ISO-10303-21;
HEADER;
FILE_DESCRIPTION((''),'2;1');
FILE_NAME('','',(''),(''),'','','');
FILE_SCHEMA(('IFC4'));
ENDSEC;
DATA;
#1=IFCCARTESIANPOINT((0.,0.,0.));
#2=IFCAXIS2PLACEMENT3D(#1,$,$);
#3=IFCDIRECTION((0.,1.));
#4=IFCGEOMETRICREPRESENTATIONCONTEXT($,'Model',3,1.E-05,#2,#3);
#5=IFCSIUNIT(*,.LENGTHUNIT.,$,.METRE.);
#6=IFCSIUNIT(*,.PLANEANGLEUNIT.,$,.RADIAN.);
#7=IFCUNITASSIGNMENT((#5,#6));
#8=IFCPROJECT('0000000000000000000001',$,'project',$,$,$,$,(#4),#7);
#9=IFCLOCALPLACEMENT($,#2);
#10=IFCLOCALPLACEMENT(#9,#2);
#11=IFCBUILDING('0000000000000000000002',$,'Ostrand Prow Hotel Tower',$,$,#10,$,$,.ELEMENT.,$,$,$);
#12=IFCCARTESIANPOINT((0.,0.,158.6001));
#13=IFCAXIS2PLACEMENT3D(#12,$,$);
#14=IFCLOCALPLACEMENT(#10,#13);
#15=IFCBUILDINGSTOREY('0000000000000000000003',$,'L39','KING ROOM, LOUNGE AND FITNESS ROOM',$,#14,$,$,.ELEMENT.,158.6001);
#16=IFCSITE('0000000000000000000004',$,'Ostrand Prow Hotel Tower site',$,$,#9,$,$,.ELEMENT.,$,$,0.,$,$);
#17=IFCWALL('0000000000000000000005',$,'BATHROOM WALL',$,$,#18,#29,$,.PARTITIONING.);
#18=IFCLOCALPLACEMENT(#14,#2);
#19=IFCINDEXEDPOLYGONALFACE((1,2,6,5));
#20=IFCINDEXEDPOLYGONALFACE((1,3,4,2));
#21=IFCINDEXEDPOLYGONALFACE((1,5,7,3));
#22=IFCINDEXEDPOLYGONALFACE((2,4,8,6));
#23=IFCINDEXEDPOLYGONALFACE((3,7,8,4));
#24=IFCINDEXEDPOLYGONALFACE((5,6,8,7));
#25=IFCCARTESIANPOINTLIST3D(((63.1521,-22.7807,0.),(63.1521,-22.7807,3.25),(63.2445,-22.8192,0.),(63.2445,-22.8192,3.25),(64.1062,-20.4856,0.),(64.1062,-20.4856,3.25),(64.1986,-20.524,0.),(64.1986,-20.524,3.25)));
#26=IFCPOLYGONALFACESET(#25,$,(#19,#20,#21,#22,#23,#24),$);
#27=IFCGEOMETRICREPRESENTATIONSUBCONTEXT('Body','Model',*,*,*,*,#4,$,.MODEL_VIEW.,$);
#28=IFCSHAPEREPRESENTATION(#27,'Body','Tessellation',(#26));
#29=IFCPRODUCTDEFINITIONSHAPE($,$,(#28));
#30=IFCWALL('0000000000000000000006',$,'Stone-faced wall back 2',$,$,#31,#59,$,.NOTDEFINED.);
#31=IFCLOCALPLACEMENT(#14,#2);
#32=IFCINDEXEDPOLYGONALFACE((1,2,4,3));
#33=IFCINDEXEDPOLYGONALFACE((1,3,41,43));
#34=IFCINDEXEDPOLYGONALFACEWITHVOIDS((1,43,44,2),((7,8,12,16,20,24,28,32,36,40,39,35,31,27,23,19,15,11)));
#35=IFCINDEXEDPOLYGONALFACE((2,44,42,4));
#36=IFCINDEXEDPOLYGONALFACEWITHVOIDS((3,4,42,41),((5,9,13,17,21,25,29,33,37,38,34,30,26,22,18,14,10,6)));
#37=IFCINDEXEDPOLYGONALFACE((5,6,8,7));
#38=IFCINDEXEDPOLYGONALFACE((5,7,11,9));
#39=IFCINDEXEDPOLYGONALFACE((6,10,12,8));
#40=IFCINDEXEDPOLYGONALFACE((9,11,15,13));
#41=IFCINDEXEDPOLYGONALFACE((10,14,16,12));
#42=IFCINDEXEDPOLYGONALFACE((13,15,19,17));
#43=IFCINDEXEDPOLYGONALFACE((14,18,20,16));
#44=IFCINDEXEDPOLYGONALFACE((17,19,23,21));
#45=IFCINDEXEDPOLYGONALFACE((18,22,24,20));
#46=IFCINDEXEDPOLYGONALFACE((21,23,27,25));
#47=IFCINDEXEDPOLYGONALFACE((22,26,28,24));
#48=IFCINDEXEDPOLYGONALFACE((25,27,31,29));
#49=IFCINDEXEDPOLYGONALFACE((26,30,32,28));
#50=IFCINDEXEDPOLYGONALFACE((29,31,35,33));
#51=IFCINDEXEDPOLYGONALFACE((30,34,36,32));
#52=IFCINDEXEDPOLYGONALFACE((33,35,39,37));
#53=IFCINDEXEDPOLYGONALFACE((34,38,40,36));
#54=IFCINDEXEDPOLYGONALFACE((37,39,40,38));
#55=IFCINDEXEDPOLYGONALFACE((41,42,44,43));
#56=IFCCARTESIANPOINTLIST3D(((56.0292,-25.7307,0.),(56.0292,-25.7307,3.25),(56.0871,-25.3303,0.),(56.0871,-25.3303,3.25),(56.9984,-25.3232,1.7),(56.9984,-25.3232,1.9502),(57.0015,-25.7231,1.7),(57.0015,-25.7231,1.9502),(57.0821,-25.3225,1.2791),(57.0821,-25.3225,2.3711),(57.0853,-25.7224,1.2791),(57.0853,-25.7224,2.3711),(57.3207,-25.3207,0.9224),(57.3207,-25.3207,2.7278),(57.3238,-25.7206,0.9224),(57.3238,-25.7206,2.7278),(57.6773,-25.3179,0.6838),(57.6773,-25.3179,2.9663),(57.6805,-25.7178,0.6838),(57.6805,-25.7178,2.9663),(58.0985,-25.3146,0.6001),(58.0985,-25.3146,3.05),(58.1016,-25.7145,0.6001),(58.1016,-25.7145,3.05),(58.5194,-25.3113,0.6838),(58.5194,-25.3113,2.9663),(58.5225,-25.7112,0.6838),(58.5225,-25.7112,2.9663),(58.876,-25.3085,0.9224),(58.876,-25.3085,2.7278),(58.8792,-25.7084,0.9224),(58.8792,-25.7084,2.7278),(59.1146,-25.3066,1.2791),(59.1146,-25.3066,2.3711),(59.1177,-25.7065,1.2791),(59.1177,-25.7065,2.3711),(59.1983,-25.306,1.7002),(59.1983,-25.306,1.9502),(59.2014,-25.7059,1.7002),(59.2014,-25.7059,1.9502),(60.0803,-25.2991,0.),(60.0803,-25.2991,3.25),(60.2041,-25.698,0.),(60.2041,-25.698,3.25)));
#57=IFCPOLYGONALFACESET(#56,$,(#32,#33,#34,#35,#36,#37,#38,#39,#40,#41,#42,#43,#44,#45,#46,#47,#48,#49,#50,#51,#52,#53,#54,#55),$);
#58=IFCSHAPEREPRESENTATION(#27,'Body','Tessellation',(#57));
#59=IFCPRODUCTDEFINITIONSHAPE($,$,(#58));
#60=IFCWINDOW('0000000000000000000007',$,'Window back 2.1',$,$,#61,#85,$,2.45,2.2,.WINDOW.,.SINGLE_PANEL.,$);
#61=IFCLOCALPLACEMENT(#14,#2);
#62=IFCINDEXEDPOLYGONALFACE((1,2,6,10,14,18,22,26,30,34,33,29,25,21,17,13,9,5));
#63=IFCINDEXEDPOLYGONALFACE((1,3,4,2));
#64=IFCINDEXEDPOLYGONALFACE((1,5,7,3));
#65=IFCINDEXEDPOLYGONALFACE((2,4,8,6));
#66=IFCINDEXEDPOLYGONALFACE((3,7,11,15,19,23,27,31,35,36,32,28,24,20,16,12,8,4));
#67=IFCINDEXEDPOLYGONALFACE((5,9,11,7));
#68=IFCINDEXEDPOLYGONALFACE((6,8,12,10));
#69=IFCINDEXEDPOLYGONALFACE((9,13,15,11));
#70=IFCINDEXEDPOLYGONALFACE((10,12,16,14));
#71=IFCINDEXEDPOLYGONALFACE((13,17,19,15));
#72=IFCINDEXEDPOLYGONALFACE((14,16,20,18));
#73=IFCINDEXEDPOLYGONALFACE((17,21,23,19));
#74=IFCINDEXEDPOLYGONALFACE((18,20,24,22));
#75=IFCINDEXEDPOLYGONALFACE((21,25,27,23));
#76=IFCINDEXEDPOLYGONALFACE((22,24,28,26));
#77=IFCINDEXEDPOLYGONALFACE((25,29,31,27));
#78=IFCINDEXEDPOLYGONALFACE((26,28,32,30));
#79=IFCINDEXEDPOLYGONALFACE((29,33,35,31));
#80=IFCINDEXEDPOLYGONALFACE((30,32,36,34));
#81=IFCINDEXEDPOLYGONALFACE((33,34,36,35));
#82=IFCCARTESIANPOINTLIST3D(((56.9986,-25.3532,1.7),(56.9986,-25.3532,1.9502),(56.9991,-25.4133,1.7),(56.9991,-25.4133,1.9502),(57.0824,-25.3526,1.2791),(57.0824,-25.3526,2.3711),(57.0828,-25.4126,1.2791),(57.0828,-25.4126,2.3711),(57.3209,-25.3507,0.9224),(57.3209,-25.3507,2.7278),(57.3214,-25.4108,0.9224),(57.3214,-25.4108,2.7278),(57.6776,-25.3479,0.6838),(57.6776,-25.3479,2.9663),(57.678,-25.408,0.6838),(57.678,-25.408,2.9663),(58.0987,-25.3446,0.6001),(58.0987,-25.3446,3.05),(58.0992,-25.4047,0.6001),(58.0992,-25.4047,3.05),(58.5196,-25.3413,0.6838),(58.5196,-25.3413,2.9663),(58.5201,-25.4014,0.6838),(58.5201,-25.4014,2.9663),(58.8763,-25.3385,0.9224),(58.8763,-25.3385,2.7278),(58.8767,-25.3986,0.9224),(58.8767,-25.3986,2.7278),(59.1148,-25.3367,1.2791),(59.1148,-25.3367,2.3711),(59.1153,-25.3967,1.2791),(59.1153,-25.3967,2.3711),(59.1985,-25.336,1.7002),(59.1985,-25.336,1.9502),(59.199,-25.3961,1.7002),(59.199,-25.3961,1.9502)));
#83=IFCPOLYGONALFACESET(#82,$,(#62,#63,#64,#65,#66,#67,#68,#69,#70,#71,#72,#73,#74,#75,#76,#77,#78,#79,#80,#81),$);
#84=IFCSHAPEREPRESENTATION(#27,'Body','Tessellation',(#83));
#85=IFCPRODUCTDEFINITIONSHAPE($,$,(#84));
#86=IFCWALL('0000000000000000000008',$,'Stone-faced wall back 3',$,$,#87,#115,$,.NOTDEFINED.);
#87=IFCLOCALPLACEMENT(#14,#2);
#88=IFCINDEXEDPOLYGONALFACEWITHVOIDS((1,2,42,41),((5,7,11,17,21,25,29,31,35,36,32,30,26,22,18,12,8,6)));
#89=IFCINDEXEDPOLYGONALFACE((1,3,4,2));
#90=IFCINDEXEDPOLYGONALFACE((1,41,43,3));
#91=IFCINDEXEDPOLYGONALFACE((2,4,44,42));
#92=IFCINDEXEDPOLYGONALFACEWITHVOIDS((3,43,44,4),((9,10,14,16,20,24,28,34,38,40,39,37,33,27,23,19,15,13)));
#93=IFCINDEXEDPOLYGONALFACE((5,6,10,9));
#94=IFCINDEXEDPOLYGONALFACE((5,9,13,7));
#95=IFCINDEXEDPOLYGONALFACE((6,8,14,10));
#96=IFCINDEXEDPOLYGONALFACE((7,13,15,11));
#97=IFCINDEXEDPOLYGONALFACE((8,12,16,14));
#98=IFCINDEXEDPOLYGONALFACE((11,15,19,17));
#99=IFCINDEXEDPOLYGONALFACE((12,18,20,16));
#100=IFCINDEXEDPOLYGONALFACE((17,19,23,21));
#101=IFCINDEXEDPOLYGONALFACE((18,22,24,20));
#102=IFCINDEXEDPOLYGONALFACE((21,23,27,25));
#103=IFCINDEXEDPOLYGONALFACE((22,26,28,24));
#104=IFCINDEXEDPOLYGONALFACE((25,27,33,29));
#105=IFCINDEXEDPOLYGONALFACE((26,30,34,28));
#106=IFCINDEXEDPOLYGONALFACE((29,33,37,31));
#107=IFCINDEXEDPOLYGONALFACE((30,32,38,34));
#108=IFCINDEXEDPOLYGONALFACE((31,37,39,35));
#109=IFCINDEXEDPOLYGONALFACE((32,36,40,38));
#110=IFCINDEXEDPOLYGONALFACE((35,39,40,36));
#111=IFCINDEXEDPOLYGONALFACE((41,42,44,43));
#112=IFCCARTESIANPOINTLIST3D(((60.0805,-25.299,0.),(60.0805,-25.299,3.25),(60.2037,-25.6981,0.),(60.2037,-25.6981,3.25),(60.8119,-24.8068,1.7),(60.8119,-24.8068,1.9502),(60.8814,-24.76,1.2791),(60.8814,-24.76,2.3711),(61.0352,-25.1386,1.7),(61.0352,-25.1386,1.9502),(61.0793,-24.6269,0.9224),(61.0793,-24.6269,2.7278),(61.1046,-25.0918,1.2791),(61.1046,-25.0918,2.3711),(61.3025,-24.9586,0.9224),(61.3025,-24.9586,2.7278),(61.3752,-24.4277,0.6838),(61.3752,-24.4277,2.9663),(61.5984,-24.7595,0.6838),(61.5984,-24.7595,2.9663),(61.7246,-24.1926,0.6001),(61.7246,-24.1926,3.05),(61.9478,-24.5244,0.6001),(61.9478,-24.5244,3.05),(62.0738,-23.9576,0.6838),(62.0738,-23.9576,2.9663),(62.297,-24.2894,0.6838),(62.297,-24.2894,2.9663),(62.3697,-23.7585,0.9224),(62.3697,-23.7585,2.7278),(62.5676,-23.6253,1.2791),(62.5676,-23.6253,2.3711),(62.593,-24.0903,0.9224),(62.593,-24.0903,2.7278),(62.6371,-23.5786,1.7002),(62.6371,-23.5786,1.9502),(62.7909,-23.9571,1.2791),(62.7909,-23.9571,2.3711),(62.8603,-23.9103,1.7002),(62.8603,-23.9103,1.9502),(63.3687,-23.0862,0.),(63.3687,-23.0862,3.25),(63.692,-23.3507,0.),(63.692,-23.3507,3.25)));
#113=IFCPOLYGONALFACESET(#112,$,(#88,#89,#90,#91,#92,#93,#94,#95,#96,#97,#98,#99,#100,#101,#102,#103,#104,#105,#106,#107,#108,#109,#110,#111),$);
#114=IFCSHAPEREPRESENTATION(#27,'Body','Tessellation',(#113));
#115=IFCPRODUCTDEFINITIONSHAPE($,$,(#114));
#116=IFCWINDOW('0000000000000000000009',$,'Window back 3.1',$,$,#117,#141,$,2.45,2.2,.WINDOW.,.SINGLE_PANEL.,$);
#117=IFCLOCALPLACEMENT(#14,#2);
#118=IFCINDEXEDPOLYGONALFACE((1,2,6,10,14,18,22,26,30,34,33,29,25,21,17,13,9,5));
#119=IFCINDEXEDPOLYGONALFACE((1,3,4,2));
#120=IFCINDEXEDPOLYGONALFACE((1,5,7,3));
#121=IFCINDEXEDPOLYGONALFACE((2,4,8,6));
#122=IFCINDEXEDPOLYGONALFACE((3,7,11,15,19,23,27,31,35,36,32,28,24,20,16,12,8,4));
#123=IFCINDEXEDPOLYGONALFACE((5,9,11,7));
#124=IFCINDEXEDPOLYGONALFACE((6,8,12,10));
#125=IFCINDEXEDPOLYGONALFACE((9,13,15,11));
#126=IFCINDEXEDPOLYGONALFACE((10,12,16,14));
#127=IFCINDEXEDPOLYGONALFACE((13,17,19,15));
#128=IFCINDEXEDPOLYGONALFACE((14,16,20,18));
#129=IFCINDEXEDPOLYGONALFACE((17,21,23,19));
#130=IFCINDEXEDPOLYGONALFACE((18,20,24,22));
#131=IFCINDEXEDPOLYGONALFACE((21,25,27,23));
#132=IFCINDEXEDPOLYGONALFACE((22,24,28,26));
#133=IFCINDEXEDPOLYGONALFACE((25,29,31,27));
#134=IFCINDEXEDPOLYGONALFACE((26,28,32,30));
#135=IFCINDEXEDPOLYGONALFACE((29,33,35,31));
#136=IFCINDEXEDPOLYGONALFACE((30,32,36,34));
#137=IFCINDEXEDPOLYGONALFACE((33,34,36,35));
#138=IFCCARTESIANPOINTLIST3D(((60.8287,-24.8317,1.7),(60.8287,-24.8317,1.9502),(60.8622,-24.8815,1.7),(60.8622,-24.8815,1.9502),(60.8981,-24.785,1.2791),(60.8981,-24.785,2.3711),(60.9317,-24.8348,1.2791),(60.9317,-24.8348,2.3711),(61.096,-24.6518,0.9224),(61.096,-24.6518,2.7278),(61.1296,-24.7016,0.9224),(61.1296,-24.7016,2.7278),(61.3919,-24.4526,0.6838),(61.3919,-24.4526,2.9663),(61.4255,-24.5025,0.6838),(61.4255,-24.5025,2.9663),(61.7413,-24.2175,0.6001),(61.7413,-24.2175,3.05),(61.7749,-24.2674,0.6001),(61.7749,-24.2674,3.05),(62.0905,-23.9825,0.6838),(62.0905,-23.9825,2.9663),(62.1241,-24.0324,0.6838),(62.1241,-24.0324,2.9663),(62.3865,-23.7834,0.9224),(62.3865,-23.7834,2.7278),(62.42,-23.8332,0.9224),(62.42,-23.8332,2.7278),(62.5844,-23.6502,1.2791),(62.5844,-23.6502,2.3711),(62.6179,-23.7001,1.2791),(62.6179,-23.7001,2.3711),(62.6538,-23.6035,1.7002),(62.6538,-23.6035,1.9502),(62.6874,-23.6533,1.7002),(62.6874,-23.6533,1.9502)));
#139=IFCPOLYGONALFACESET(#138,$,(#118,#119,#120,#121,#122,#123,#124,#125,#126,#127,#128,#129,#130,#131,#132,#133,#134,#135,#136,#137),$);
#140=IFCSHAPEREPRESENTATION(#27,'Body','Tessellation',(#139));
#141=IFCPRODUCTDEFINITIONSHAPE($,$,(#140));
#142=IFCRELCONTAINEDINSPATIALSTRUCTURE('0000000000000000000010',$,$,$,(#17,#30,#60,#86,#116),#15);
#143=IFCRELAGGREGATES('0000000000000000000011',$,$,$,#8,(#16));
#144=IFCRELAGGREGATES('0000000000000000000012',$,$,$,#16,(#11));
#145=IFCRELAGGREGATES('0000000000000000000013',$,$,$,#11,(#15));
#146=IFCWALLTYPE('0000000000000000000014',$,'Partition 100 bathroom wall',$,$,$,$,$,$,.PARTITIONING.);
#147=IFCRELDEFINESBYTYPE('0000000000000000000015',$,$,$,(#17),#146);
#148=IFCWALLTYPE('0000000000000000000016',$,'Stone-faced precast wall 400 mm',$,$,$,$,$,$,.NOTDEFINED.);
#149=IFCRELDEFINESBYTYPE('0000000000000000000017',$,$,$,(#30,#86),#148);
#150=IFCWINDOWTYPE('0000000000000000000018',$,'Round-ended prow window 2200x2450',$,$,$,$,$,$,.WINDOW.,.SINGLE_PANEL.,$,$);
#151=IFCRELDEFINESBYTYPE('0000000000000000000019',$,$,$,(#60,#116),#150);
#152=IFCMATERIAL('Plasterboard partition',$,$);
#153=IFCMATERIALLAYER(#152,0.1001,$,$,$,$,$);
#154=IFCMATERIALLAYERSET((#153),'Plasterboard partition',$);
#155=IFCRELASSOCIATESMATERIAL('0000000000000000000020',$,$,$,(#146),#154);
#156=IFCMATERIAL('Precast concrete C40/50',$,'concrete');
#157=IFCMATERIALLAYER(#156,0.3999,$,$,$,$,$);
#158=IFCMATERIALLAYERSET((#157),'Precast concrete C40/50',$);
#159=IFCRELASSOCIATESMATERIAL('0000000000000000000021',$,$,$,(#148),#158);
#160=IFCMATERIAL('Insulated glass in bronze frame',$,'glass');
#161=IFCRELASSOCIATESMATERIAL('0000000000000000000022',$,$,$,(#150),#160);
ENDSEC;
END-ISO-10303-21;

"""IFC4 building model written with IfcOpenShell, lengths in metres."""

from ifc_helpers import new_model, si_unit, direction, frame, frame_2d, origin, place, context, subcontext, project, spatial, polyline, rectangle, outline, extrude, material, layer, layer_set, type_object, element, fill, save


model = new_model("IFC4")

# Units and contexts
model_context = context("Model", 3, precision=1e-05, world=origin(), true_north=direction((0.0, 1.0)))
body_context = subcontext(model_context, "Body", "Model", "MODEL_VIEW")
ifc_project = project(units=[si_unit("LENGTHUNIT", "METRE"), si_unit("PLANEANGLEUNIT", "RADIAN")], contexts=[model_context])

# Site, building, storey
site_placement = place(None, origin())
site = spatial("IfcSite", under=ifc_project, at=site_placement, Name="Ostrand Prow Hotel Tower site", CompositionType="ELEMENT", RefElevation=0.0)
building_placement = place(site_placement, origin())
building = spatial("IfcBuilding", under=site, at=building_placement, Name="Ostrand Prow Hotel Tower", CompositionType="ELEMENT")
storey_placement = place(building_placement, frame((0.0, 0.0, 158.6001)))
storey = spatial("IfcBuildingStorey", under=building, at=storey_placement, Name="L39", Description="KING ROOM, LOUNGE AND FITNESS ROOM", CompositionType="ELEMENT", Elevation=158.6001)

# Shared definitions
ifc_material_1 = material(Name="Plasterboard partition")
ifc_layer_1 = layer(ifc_material_1, 0.1001)
ifc_layer_set_1 = layer_set([ifc_layer_1], Name="Plasterboard partition")
wall_type_1 = type_object("IfcWallType", Name="Partition 100 bathroom wall", PredefinedType="PARTITIONING", material=ifc_layer_set_1)

# Wall
wall_1_placement = place(storey_placement, frame((64.1523, -20.5049, 0.0), z_axis=(0.0, 0.0, 1.0), x_axis=(-0.383855, -0.923393, 0.0)))
element("IfcWall", 1, at=wall_1_placement, inside=storey, type_object=wall_type_1, Name="BATHROOM WALL", PredefinedType="PARTITIONING", context=body_context, shape_type="SweptSolid", body=[
    extrude(rectangle(XDim=2.4856, YDim=0.1001, at=frame_2d((1.2427, 0.0))), origin(), (0.0, 0.0, 1.0), 3.25),
])

# Walls, openings, windows
ifc_material_2 = material(Name="Precast concrete C40/50", Category="concrete")
ifc_layer_2 = layer(ifc_material_2, 0.3999)
ifc_layer_set_2 = layer_set([ifc_layer_2], Name="Precast concrete C40/50")
wall_type_2 = type_object("IfcWallType", Name="Stone-faced precast wall 400 mm", PredefinedType="NOTDEFINED", material=ifc_layer_set_2)
wall_2_placement = place(storey_placement, frame((56.0581, -25.5305, 0.0), z_axis=(0.0, 0.0, 1.0), x_axis=(0.999969, 0.007831, 0.0)))
wall_2 = element("IfcWall", 2, at=wall_2_placement, inside=storey, type_object=wall_type_2, Name="Stone-faced wall back 2", PredefinedType="NOTDEFINED", context=body_context, shape_type="SweptSolid", body=[
    extrude(outline(polyline([(-0.0305, -0.2), (4.1445, -0.2), (4.0239, 0.2), (0.0305, 0.2), (-0.0305, -0.2)])), origin(), (0.0, 0.0, 1.0), 3.25),
])
opening_1_placement = place(wall_2_placement, frame((0.9419, 0.0, 0.6001)))
opening_1 = element("IfcOpeningElement", 3, at=opening_1_placement, cuts=wall_2, PredefinedType="OPENING", context=body_context, shape_type="SweptSolid", body=[
    extrude(outline(polyline([(0.0, 1.3501), (0.0837, 1.771), (0.3223, 2.1277), (0.679, 2.3662), (1.1001, 2.45), (1.521, 2.3662), (1.8777, 2.1277), (2.1162, 1.771), (2.2, 1.3501), (2.2, 1.1001), (2.1162, 0.679), (1.8777, 0.3223), (1.521, 0.0837), (1.1001, 0.0), (0.679, 0.0837), (0.3223, 0.3223), (0.0837, 0.679), (0.0, 1.0999), (0.0, 1.3501)])), frame((0.0, 0.21, 0.0), z_axis=(0.0, -1.0, 0.0), x_axis=(1.0, 0.0, 0.0)), (0.0, 0.0, 1.0), 0.4199),
])
ifc_material_3 = material(Name="Insulated glass in bronze frame", Category="glass")
window_type = type_object("IfcWindowType", Name="Round-ended prow window 2200x2450", PartitioningType="SINGLE_PANEL", PredefinedType="WINDOW", material=ifc_material_3)
window_1_placement = place(opening_1_placement, origin())
window_1 = element("IfcWindow", 4, at=window_1_placement, inside=storey, type_object=window_type, Name="Window back 2.1", OverallHeight=2.45, OverallWidth=2.2, PartitioningType="SINGLE_PANEL", PredefinedType="WINDOW", context=body_context, shape_type="SweptSolid", body=[
    extrude(outline(polyline([(0.0, 1.3501), (0.0837, 1.771), (0.3223, 2.1277), (0.679, 2.3662), (1.1001, 2.45), (1.521, 2.3662), (1.8777, 2.1277), (2.1162, 1.771), (2.2, 1.3501), (2.2, 1.1001), (2.1162, 0.679), (1.8777, 0.3223), (1.521, 0.0837), (1.1001, 0.0), (0.679, 0.0837), (0.3223, 0.3223), (0.0837, 0.679), (0.0, 1.0999), (0.0, 1.3501)])), frame((0.0, 0.1699, 0.0), z_axis=(0.0, -1.0, 0.0), x_axis=(1.0, 0.0, 0.0)), (0.0, 0.0, 1.0), 0.0601),
])
fill(opening_1, window_1)
wall_3_placement = place(storey_placement, frame((60.1421, -25.4985, 0.0), z_axis=(0.0, 0.0, 1.0), x_axis=(0.829642, 0.558296, 0.0)))
wall_3 = element("IfcWall", 5, at=wall_3_placement, inside=storey, type_object=wall_type_2, Name="Stone-faced wall back 3", PredefinedType="NOTDEFINED", context=body_context, shape_type="SweptSolid", body=[
    extrude(outline(polyline([(-0.0603, -0.2), (4.1443, -0.2), (4.0237, 0.2), (0.0603, 0.2), (-0.0603, -0.2)])), origin(), (0.0, 0.0, 1.0), 3.25),
])
opening_2_placement = place(wall_3_placement, frame((0.9419, 0.0, 0.6001)))
opening_2 = element("IfcOpeningElement", 6, at=opening_2_placement, cuts=wall_3, PredefinedType="OPENING", context=body_context, shape_type="SweptSolid", body=[
    extrude(outline(polyline([(0.0, 1.3501), (0.0837, 1.771), (0.3223, 2.1277), (0.679, 2.3662), (1.1001, 2.45), (1.521, 2.3662), (1.8777, 2.1277), (2.1162, 1.771), (2.2, 1.3501), (2.2, 1.1001), (2.1162, 0.679), (1.8777, 0.3223), (1.521, 0.0837), (1.1001, 0.0), (0.679, 0.0837), (0.3223, 0.3223), (0.0837, 0.679), (0.0, 1.0999), (0.0, 1.3501)])), frame((0.0, 0.21, 0.0), z_axis=(0.0, -1.0, 0.0), x_axis=(1.0, 0.0, 0.0)), (0.0, 0.0, 1.0), 0.4199),
])
window_2_placement = place(opening_2_placement, origin())
window_2 = element("IfcWindow", 7, at=window_2_placement, inside=storey, type_object=window_type, Name="Window back 3.1", OverallHeight=2.45, OverallWidth=2.2, PartitioningType="SINGLE_PANEL", PredefinedType="WINDOW", context=body_context, shape_type="SweptSolid", body=[
    extrude(outline(polyline([(0.0, 1.3501), (0.0837, 1.771), (0.3223, 2.1277), (0.679, 2.3662), (1.1001, 2.45), (1.521, 2.3662), (1.8777, 2.1277), (2.1162, 1.771), (2.2, 1.3501), (2.2, 1.1001), (2.1162, 0.679), (1.8777, 0.3223), (1.521, 0.0837), (1.1001, 0.0), (0.679, 0.0837), (0.3223, 0.3223), (0.0837, 0.679), (0.0, 1.0999), (0.0, 1.3501)])), frame((0.0, 0.1699, 0.0), z_axis=(0.0, -1.0, 0.0), x_axis=(1.0, 0.0, 0.0)), (0.0, 0.0, 1.0), 0.0601),
])
fill(opening_2, window_2)

save(model, "model.ifc")
